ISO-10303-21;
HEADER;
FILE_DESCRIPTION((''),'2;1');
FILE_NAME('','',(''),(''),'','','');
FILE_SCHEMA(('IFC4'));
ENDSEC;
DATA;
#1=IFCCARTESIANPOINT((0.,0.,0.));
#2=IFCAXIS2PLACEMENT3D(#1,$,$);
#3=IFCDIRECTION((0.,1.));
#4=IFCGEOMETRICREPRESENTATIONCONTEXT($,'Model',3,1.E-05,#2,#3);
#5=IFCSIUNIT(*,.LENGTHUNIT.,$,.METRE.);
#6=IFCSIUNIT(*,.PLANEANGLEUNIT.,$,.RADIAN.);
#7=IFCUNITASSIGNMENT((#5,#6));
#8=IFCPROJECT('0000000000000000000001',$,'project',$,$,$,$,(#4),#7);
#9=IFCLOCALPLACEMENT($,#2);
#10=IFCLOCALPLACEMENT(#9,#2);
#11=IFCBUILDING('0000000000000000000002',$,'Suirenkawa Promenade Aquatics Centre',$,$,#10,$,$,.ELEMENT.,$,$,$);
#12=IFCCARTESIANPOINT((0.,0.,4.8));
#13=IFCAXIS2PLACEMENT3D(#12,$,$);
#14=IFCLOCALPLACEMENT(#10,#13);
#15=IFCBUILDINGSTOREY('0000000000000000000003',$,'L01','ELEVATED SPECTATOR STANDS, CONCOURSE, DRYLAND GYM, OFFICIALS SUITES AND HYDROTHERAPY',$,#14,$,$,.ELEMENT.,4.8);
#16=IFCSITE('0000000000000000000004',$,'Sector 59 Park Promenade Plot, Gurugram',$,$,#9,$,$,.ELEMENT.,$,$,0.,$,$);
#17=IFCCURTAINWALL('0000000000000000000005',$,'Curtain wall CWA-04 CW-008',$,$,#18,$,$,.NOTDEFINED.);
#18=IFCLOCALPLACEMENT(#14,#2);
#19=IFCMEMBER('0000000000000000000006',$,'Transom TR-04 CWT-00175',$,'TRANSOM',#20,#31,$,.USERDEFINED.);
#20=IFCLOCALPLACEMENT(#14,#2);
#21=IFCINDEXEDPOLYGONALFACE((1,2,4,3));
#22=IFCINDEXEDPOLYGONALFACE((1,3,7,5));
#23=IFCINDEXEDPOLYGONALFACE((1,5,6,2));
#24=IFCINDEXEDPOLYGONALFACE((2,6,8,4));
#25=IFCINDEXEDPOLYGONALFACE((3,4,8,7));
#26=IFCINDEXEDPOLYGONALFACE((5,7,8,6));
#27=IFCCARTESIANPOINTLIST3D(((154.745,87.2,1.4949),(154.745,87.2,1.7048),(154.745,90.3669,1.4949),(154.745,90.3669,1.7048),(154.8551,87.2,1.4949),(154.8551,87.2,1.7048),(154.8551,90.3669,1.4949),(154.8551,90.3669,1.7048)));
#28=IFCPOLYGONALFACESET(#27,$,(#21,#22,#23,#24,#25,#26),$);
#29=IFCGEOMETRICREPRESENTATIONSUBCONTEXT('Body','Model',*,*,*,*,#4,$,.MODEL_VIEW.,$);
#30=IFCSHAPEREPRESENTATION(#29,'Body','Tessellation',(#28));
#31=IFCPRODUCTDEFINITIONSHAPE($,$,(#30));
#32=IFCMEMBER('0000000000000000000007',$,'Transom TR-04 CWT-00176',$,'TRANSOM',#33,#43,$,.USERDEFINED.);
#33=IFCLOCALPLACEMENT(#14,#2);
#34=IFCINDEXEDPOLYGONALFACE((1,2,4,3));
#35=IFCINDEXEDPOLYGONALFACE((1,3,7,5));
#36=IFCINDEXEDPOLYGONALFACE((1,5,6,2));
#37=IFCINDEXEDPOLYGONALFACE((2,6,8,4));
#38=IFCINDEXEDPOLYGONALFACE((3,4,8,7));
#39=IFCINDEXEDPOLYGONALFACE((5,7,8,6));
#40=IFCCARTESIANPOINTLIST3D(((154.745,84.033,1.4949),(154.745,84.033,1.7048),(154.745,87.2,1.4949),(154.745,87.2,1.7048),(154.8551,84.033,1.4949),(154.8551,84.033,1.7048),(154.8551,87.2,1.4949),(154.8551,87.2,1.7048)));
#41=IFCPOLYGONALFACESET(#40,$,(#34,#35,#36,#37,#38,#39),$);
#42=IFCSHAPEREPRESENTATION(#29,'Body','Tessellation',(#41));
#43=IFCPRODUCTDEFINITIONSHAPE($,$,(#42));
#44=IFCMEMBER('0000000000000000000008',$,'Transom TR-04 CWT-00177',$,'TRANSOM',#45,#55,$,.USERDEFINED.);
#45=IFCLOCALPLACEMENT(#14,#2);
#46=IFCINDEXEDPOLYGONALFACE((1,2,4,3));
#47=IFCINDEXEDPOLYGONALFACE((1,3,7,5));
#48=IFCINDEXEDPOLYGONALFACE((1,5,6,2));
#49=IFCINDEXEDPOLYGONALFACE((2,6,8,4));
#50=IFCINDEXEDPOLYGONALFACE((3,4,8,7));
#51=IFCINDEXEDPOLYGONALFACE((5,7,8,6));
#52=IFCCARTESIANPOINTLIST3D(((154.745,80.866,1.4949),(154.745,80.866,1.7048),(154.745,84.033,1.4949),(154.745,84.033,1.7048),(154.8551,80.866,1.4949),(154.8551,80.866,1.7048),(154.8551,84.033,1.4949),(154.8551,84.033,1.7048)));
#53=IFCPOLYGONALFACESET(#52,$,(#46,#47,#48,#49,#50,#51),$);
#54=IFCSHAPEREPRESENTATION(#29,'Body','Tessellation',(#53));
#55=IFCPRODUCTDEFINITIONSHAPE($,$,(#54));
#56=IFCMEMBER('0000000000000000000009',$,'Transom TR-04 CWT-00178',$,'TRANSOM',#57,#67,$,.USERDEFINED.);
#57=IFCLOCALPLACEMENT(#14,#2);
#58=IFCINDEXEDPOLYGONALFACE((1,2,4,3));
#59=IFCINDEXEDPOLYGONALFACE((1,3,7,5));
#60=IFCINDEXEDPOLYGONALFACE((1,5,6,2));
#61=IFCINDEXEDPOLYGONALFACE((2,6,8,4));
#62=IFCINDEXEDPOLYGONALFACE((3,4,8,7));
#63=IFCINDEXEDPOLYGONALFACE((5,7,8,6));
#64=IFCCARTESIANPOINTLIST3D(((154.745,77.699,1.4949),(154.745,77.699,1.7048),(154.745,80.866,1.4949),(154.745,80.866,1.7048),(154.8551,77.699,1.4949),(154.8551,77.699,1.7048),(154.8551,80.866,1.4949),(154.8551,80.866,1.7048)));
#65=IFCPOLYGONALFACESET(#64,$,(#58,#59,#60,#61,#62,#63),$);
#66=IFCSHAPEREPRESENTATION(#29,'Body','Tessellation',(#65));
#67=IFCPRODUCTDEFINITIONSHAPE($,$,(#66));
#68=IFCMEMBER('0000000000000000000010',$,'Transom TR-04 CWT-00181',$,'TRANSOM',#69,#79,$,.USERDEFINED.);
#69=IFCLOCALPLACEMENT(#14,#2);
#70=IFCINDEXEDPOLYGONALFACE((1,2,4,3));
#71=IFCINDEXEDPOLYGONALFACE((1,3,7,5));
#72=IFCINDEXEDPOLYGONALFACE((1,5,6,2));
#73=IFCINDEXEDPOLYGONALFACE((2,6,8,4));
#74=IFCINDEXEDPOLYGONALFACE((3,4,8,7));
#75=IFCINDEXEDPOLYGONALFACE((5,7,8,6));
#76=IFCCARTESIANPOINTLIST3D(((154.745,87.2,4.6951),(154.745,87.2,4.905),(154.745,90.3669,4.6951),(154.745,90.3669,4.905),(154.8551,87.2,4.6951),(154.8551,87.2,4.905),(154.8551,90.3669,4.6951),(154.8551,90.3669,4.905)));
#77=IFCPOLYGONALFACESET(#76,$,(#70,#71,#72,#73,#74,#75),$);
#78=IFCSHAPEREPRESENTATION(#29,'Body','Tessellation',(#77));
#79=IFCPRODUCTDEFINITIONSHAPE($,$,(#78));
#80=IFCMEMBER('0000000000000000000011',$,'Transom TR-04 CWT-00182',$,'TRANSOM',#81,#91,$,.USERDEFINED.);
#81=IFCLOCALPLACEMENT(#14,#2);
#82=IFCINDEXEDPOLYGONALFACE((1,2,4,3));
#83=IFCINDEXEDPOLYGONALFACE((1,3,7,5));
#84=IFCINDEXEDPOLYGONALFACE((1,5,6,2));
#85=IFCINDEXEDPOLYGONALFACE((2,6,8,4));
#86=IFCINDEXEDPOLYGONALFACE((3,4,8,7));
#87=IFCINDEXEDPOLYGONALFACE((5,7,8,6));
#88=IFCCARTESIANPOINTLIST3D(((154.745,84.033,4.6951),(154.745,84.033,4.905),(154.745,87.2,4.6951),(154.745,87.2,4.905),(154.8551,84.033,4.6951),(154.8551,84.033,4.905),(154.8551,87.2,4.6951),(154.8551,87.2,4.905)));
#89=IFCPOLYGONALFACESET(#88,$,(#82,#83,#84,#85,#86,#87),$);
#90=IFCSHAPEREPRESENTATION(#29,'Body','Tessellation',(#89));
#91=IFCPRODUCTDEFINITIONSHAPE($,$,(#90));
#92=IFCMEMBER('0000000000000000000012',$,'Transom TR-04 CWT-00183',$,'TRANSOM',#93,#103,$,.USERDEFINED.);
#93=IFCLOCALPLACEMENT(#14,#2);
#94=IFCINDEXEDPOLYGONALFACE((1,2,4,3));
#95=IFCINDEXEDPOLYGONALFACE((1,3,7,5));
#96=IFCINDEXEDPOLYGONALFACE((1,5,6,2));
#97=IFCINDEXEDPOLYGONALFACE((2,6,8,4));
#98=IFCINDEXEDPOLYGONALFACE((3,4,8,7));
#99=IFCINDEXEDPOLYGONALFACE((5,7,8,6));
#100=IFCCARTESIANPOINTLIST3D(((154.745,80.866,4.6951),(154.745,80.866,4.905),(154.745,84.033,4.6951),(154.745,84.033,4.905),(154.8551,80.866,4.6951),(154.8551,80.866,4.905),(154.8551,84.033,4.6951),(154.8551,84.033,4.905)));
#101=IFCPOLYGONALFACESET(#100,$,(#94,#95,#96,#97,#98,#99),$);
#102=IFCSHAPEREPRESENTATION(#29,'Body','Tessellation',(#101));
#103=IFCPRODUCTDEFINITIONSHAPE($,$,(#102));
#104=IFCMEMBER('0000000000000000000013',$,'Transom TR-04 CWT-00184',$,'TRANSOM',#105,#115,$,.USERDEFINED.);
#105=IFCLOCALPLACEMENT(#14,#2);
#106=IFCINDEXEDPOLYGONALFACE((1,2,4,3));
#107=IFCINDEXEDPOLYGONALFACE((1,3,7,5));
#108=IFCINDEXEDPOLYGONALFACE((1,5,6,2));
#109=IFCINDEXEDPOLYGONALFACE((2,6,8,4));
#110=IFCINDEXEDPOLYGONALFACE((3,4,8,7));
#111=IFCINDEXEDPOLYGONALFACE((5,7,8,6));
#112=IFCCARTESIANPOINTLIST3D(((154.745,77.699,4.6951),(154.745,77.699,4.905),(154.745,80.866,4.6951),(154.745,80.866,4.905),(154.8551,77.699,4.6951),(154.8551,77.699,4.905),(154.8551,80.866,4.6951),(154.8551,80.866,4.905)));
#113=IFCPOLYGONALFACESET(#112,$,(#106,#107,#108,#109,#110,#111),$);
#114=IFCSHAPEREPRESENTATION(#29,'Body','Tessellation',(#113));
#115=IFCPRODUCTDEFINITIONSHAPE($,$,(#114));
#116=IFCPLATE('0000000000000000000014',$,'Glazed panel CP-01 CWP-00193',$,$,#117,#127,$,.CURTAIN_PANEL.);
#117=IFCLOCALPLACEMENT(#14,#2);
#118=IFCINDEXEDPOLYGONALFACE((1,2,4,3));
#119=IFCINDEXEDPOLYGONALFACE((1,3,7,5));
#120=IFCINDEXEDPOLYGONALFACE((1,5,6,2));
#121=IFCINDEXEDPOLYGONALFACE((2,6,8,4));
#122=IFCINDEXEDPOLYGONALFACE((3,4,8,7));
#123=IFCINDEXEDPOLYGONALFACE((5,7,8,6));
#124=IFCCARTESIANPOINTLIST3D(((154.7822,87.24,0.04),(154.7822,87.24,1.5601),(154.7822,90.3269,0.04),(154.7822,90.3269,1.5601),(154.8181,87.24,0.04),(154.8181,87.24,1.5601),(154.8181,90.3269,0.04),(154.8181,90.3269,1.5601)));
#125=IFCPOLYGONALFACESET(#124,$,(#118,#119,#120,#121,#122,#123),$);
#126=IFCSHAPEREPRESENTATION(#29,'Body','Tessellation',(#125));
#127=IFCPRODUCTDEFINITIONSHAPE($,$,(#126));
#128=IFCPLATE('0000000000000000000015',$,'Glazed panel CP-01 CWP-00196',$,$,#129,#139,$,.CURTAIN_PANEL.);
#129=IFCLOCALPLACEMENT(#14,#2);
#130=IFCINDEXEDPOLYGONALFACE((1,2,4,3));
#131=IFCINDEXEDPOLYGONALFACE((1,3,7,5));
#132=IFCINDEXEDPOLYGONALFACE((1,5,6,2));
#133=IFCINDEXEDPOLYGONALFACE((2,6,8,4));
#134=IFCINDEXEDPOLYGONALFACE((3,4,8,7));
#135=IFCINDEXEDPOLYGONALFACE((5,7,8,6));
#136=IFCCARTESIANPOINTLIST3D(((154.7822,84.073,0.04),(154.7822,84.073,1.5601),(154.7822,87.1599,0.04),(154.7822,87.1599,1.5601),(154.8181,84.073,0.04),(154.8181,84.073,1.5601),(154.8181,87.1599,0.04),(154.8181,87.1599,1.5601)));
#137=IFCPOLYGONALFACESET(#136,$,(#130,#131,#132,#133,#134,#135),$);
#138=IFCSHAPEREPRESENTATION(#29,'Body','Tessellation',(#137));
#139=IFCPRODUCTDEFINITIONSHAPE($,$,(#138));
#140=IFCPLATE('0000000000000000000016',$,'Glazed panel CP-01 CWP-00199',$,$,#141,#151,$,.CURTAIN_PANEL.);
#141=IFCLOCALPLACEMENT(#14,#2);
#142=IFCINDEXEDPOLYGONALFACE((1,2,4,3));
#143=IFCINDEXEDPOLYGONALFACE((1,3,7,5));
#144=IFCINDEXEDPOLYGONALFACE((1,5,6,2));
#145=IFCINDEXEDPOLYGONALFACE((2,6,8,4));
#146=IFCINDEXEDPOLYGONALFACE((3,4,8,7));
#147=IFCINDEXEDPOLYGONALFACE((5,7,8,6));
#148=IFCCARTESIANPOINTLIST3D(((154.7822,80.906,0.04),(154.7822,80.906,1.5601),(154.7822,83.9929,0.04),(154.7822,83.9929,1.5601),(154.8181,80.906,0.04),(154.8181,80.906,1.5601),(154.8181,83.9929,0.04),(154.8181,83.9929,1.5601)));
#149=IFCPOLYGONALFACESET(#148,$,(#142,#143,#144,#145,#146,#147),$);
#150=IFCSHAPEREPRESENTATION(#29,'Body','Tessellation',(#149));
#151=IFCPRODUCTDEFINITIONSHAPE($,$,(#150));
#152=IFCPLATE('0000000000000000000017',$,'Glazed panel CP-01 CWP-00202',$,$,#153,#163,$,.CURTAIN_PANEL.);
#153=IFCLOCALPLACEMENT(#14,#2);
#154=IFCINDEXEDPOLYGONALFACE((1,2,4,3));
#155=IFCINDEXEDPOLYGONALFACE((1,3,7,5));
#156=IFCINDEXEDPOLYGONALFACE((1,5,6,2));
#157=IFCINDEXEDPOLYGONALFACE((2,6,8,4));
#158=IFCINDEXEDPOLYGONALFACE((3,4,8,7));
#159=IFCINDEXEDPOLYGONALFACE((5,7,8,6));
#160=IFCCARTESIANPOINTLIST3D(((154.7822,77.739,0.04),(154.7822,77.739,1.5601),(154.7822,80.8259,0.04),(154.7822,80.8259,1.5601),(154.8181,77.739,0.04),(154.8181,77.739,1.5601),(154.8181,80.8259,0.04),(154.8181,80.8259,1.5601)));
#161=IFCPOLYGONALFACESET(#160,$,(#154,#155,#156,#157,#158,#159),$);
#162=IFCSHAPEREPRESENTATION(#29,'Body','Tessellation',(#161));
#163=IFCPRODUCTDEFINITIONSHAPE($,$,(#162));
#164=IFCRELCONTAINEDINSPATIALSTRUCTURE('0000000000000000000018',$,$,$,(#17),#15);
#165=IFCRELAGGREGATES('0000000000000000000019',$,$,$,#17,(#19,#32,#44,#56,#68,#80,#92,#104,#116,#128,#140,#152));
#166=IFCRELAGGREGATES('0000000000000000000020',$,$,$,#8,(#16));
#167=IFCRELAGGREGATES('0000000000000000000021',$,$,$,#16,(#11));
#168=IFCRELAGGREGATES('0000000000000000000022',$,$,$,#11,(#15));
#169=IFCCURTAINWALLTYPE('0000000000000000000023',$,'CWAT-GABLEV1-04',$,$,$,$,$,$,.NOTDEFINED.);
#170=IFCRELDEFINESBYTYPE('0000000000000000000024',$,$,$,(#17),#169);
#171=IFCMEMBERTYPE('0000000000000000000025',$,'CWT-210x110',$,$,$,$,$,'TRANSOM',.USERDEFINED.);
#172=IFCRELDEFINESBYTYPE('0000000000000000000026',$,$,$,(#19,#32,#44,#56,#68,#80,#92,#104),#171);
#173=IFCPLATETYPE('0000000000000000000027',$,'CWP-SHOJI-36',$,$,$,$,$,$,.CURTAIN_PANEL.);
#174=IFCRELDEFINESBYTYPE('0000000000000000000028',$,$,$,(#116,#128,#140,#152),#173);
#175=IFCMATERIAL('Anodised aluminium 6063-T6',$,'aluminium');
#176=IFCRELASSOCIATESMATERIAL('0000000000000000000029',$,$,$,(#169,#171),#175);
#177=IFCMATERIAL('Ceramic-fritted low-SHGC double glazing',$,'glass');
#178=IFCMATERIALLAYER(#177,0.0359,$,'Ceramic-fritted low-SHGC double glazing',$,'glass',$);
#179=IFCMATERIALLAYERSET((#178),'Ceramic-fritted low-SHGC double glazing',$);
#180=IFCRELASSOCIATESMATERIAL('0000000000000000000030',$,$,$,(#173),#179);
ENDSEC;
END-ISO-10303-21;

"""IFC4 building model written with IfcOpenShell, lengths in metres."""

from ifc_helpers import new_model, si_unit, direction, frame, origin, origin_2d, place, context, subcontext, project, spatial, polyline, rectangle, outline, extrude, material, layer, layer_set, material_profile, profile_set, type_object, element, aggregate, save


model = new_model("IFC4")

# Units and contexts
model_context = context("Model", 3, precision=1e-05, world=origin(), true_north=direction((0.0, 1.0)))
body_context = subcontext(model_context, "Body", "Model", "MODEL_VIEW")
ifc_project = project(units=[si_unit("LENGTHUNIT", "METRE"), si_unit("PLANEANGLEUNIT", "RADIAN")], contexts=[model_context])

# Site, building, storey
site_placement = place(None, origin())
site = spatial("IfcSite", under=ifc_project, at=site_placement, Name="Sector 59 Park Promenade Plot, Gurugram", CompositionType="ELEMENT", RefElevation=0.0)
building_placement = place(site_placement, origin())
building = spatial("IfcBuilding", under=site, at=building_placement, Name="Suirenkawa Promenade Aquatics Centre", CompositionType="ELEMENT")
storey_placement = place(building_placement, frame((0.0, 0.0, 4.8)))
storey = spatial("IfcBuildingStorey", under=building, at=storey_placement, Name="L01", Description="ELEVATED SPECTATOR STANDS, CONCOURSE, DRYLAND GYM, OFFICIALS SUITES AND HYDROTHERAPY", CompositionType="ELEMENT", Elevation=4.8)

# Curtain wall, members, plates
ifc_material_1 = material(Name="Anodised aluminium 6063-T6", Category="aluminium")
curtain_wall_type = type_object("IfcCurtainWallType", Name="CWAT-GABLEV1-04", PredefinedType="NOTDEFINED", material=ifc_material_1)
curtain_wall_placement = place(storey_placement, origin())
curtain_wall = element("IfcCurtainWall", 1, at=curtain_wall_placement, inside=storey, type_object=curtain_wall_type, Name="Curtain wall CWA-04 CW-008", PredefinedType="NOTDEFINED")
ifc_material_profile_1 = material_profile(ifc_material_1, rectangle(XDim=0.1101, YDim=0.21, at=origin_2d()), Name="ALU TRAN 110x210", Category="aluminium")
ifc_profile_set_1 = profile_set([ifc_material_profile_1], Name="Anodised aluminium 6063-T6")
member_type_1 = type_object("IfcMemberType", Name="CWT-210x110", ElementType="TRANSOM", PredefinedType="USERDEFINED", material=ifc_profile_set_1)
member_1_placement = place(storey_placement, frame((154.8, 90.3669, 1.5999), z_axis=(0.0, -1.0, 0.0), x_axis=(1.0, 0.0, 0.0)))
member_1 = element("IfcMember", 2, at=member_1_placement, type_object=member_type_1, Name="Transom TR-04 CWT-00175", ObjectType="TRANSOM", PredefinedType="USERDEFINED", context=body_context, shape_type="SweptSolid", body=[
    extrude(rectangle(XDim=0.1101, YDim=0.21, at=origin_2d()), origin(), (0.0, 0.0, 1.0), 3.167),
])
member_2_placement = place(storey_placement, frame((154.8, 87.2, 1.5999), z_axis=(0.0, -1.0, 0.0), x_axis=(1.0, 0.0, 0.0)))
member_2 = element("IfcMember", 3, at=member_2_placement, type_object=member_type_1, Name="Transom TR-04 CWT-00176", ObjectType="TRANSOM", PredefinedType="USERDEFINED", context=body_context, shape_type="SweptSolid", body=[
    extrude(rectangle(XDim=0.1101, YDim=0.21, at=origin_2d()), origin(), (0.0, 0.0, 1.0), 3.167),
])
member_3_placement = place(storey_placement, frame((154.8, 84.033, 1.5999), z_axis=(0.0, -1.0, 0.0), x_axis=(1.0, 0.0, 0.0)))
member_3 = element("IfcMember", 4, at=member_3_placement, type_object=member_type_1, Name="Transom TR-04 CWT-00177", ObjectType="TRANSOM", PredefinedType="USERDEFINED", context=body_context, shape_type="SweptSolid", body=[
    extrude(rectangle(XDim=0.1101, YDim=0.21, at=origin_2d()), origin(), (0.0, 0.0, 1.0), 3.167),
])
member_4_placement = place(storey_placement, frame((154.8, 80.866, 1.5999), z_axis=(0.0, -1.0, 0.0), x_axis=(1.0, 0.0, 0.0)))
member_4 = element("IfcMember", 5, at=member_4_placement, type_object=member_type_1, Name="Transom TR-04 CWT-00178", ObjectType="TRANSOM", PredefinedType="USERDEFINED", context=body_context, shape_type="SweptSolid", body=[
    extrude(rectangle(XDim=0.1101, YDim=0.21, at=origin_2d()), origin(), (0.0, 0.0, 1.0), 3.167),
])
member_5_placement = place(storey_placement, frame((154.8, 90.3669, 4.8), z_axis=(0.0, -1.0, 0.0), x_axis=(1.0, 0.0, 0.0)))
member_5 = element("IfcMember", 6, at=member_5_placement, type_object=member_type_1, Name="Transom TR-04 CWT-00181", ObjectType="TRANSOM", PredefinedType="USERDEFINED", context=body_context, shape_type="SweptSolid", body=[
    extrude(rectangle(XDim=0.1101, YDim=0.21, at=origin_2d()), origin(), (0.0, 0.0, 1.0), 3.167),
])
member_6_placement = place(storey_placement, frame((154.8, 87.2, 4.8), z_axis=(0.0, -1.0, 0.0), x_axis=(1.0, 0.0, 0.0)))
member_6 = element("IfcMember", 7, at=member_6_placement, type_object=member_type_1, Name="Transom TR-04 CWT-00182", ObjectType="TRANSOM", PredefinedType="USERDEFINED", context=body_context, shape_type="SweptSolid", body=[
    extrude(rectangle(XDim=0.1101, YDim=0.21, at=origin_2d()), origin(), (0.0, 0.0, 1.0), 3.167),
])
member_7_placement = place(storey_placement, frame((154.8, 84.033, 4.8), z_axis=(0.0, -1.0, 0.0), x_axis=(1.0, 0.0, 0.0)))
member_7 = element("IfcMember", 8, at=member_7_placement, type_object=member_type_1, Name="Transom TR-04 CWT-00183", ObjectType="TRANSOM", PredefinedType="USERDEFINED", context=body_context, shape_type="SweptSolid", body=[
    extrude(rectangle(XDim=0.1101, YDim=0.21, at=origin_2d()), origin(), (0.0, 0.0, 1.0), 3.167),
])
member_8_placement = place(storey_placement, frame((154.8, 80.866, 4.8), z_axis=(0.0, -1.0, 0.0), x_axis=(1.0, 0.0, 0.0)))
member_8 = element("IfcMember", 9, at=member_8_placement, type_object=member_type_1, Name="Transom TR-04 CWT-00184", ObjectType="TRANSOM", PredefinedType="USERDEFINED", context=body_context, shape_type="SweptSolid", body=[
    extrude(rectangle(XDim=0.1101, YDim=0.21, at=origin_2d()), origin(), (0.0, 0.0, 1.0), 3.167),
])
ifc_material_2 = material(Name="Ceramic-fritted low-SHGC double glazing", Category="glass")
ifc_layer_1 = layer(ifc_material_2, 0.0359, Name="Ceramic-fritted low-SHGC double glazing", Category="glass")
ifc_layer_set_1 = layer_set([ifc_layer_1], Name="Ceramic-fritted low-SHGC double glazing")
plate_type = type_object("IfcPlateType", Name="CWP-SHOJI-36", PredefinedType="CURTAIN_PANEL", material=ifc_layer_set_1)
plate_1_placement = place(storey_placement, frame((154.8, 90.3669, 0.04), z_axis=(0.0, 0.0, 1.0), x_axis=(0.0, -1.0, 0.0)))
plate_1 = element("IfcPlate", 10, at=plate_1_placement, type_object=plate_type, Name="Glazed panel CP-01 CWP-00193", PredefinedType="CURTAIN_PANEL", context=body_context, shape_type="SweptSolid", body=[
    extrude(outline(polyline([(0.04, 0.0), (3.127, 0.0), (3.127, 1.52), (0.04, 1.52), (0.04, 0.0)])), frame((0.0, 0.0181, 0.0), z_axis=(0.0, -1.0, 0.0), x_axis=(1.0, 0.0, 0.0)), (0.0, 0.0, 1.0), 0.0359),
])
plate_2_placement = place(storey_placement, frame((154.8, 87.2, 0.04), z_axis=(0.0, 0.0, 1.0), x_axis=(0.0, -1.0, 0.0)))
plate_2 = element("IfcPlate", 11, at=plate_2_placement, type_object=plate_type, Name="Glazed panel CP-01 CWP-00196", PredefinedType="CURTAIN_PANEL", context=body_context, shape_type="SweptSolid", body=[
    extrude(outline(polyline([(0.04, 0.0), (3.127, 0.0), (3.127, 1.52), (0.04, 1.52), (0.04, 0.0)])), frame((0.0, 0.0181, 0.0), z_axis=(0.0, -1.0, 0.0), x_axis=(1.0, 0.0, 0.0)), (0.0, 0.0, 1.0), 0.0359),
])
plate_3_placement = place(storey_placement, frame((154.8, 84.033, 0.04), z_axis=(0.0, 0.0, 1.0), x_axis=(0.0, -1.0, 0.0)))
plate_3 = element("IfcPlate", 12, at=plate_3_placement, type_object=plate_type, Name="Glazed panel CP-01 CWP-00199", PredefinedType="CURTAIN_PANEL", context=body_context, shape_type="SweptSolid", body=[
    extrude(outline(polyline([(0.04, 0.0), (3.127, 0.0), (3.127, 1.52), (0.04, 1.52), (0.04, 0.0)])), frame((0.0, 0.0181, 0.0), z_axis=(0.0, -1.0, 0.0), x_axis=(1.0, 0.0, 0.0)), (0.0, 0.0, 1.0), 0.0359),
])
plate_4_placement = place(storey_placement, frame((154.8, 80.866, 0.04), z_axis=(0.0, 0.0, 1.0), x_axis=(0.0, -1.0, 0.0)))
plate_4 = element("IfcPlate", 13, at=plate_4_placement, type_object=plate_type, Name="Glazed panel CP-01 CWP-00202", PredefinedType="CURTAIN_PANEL", context=body_context, shape_type="SweptSolid", body=[
    extrude(outline(polyline([(0.04, 0.0), (3.127, 0.0), (3.127, 1.52), (0.04, 1.52), (0.04, 0.0)])), frame((0.0, 0.0181, 0.0), z_axis=(0.0, -1.0, 0.0), x_axis=(1.0, 0.0, 0.0)), (0.0, 0.0, 1.0), 0.0359),
])
aggregate(curtain_wall, [member_1, member_2, member_3, member_4, member_5, member_6, member_7, member_8, plate_1, plate_2, plate_3, plate_4])

save(model, "model.ifc")
